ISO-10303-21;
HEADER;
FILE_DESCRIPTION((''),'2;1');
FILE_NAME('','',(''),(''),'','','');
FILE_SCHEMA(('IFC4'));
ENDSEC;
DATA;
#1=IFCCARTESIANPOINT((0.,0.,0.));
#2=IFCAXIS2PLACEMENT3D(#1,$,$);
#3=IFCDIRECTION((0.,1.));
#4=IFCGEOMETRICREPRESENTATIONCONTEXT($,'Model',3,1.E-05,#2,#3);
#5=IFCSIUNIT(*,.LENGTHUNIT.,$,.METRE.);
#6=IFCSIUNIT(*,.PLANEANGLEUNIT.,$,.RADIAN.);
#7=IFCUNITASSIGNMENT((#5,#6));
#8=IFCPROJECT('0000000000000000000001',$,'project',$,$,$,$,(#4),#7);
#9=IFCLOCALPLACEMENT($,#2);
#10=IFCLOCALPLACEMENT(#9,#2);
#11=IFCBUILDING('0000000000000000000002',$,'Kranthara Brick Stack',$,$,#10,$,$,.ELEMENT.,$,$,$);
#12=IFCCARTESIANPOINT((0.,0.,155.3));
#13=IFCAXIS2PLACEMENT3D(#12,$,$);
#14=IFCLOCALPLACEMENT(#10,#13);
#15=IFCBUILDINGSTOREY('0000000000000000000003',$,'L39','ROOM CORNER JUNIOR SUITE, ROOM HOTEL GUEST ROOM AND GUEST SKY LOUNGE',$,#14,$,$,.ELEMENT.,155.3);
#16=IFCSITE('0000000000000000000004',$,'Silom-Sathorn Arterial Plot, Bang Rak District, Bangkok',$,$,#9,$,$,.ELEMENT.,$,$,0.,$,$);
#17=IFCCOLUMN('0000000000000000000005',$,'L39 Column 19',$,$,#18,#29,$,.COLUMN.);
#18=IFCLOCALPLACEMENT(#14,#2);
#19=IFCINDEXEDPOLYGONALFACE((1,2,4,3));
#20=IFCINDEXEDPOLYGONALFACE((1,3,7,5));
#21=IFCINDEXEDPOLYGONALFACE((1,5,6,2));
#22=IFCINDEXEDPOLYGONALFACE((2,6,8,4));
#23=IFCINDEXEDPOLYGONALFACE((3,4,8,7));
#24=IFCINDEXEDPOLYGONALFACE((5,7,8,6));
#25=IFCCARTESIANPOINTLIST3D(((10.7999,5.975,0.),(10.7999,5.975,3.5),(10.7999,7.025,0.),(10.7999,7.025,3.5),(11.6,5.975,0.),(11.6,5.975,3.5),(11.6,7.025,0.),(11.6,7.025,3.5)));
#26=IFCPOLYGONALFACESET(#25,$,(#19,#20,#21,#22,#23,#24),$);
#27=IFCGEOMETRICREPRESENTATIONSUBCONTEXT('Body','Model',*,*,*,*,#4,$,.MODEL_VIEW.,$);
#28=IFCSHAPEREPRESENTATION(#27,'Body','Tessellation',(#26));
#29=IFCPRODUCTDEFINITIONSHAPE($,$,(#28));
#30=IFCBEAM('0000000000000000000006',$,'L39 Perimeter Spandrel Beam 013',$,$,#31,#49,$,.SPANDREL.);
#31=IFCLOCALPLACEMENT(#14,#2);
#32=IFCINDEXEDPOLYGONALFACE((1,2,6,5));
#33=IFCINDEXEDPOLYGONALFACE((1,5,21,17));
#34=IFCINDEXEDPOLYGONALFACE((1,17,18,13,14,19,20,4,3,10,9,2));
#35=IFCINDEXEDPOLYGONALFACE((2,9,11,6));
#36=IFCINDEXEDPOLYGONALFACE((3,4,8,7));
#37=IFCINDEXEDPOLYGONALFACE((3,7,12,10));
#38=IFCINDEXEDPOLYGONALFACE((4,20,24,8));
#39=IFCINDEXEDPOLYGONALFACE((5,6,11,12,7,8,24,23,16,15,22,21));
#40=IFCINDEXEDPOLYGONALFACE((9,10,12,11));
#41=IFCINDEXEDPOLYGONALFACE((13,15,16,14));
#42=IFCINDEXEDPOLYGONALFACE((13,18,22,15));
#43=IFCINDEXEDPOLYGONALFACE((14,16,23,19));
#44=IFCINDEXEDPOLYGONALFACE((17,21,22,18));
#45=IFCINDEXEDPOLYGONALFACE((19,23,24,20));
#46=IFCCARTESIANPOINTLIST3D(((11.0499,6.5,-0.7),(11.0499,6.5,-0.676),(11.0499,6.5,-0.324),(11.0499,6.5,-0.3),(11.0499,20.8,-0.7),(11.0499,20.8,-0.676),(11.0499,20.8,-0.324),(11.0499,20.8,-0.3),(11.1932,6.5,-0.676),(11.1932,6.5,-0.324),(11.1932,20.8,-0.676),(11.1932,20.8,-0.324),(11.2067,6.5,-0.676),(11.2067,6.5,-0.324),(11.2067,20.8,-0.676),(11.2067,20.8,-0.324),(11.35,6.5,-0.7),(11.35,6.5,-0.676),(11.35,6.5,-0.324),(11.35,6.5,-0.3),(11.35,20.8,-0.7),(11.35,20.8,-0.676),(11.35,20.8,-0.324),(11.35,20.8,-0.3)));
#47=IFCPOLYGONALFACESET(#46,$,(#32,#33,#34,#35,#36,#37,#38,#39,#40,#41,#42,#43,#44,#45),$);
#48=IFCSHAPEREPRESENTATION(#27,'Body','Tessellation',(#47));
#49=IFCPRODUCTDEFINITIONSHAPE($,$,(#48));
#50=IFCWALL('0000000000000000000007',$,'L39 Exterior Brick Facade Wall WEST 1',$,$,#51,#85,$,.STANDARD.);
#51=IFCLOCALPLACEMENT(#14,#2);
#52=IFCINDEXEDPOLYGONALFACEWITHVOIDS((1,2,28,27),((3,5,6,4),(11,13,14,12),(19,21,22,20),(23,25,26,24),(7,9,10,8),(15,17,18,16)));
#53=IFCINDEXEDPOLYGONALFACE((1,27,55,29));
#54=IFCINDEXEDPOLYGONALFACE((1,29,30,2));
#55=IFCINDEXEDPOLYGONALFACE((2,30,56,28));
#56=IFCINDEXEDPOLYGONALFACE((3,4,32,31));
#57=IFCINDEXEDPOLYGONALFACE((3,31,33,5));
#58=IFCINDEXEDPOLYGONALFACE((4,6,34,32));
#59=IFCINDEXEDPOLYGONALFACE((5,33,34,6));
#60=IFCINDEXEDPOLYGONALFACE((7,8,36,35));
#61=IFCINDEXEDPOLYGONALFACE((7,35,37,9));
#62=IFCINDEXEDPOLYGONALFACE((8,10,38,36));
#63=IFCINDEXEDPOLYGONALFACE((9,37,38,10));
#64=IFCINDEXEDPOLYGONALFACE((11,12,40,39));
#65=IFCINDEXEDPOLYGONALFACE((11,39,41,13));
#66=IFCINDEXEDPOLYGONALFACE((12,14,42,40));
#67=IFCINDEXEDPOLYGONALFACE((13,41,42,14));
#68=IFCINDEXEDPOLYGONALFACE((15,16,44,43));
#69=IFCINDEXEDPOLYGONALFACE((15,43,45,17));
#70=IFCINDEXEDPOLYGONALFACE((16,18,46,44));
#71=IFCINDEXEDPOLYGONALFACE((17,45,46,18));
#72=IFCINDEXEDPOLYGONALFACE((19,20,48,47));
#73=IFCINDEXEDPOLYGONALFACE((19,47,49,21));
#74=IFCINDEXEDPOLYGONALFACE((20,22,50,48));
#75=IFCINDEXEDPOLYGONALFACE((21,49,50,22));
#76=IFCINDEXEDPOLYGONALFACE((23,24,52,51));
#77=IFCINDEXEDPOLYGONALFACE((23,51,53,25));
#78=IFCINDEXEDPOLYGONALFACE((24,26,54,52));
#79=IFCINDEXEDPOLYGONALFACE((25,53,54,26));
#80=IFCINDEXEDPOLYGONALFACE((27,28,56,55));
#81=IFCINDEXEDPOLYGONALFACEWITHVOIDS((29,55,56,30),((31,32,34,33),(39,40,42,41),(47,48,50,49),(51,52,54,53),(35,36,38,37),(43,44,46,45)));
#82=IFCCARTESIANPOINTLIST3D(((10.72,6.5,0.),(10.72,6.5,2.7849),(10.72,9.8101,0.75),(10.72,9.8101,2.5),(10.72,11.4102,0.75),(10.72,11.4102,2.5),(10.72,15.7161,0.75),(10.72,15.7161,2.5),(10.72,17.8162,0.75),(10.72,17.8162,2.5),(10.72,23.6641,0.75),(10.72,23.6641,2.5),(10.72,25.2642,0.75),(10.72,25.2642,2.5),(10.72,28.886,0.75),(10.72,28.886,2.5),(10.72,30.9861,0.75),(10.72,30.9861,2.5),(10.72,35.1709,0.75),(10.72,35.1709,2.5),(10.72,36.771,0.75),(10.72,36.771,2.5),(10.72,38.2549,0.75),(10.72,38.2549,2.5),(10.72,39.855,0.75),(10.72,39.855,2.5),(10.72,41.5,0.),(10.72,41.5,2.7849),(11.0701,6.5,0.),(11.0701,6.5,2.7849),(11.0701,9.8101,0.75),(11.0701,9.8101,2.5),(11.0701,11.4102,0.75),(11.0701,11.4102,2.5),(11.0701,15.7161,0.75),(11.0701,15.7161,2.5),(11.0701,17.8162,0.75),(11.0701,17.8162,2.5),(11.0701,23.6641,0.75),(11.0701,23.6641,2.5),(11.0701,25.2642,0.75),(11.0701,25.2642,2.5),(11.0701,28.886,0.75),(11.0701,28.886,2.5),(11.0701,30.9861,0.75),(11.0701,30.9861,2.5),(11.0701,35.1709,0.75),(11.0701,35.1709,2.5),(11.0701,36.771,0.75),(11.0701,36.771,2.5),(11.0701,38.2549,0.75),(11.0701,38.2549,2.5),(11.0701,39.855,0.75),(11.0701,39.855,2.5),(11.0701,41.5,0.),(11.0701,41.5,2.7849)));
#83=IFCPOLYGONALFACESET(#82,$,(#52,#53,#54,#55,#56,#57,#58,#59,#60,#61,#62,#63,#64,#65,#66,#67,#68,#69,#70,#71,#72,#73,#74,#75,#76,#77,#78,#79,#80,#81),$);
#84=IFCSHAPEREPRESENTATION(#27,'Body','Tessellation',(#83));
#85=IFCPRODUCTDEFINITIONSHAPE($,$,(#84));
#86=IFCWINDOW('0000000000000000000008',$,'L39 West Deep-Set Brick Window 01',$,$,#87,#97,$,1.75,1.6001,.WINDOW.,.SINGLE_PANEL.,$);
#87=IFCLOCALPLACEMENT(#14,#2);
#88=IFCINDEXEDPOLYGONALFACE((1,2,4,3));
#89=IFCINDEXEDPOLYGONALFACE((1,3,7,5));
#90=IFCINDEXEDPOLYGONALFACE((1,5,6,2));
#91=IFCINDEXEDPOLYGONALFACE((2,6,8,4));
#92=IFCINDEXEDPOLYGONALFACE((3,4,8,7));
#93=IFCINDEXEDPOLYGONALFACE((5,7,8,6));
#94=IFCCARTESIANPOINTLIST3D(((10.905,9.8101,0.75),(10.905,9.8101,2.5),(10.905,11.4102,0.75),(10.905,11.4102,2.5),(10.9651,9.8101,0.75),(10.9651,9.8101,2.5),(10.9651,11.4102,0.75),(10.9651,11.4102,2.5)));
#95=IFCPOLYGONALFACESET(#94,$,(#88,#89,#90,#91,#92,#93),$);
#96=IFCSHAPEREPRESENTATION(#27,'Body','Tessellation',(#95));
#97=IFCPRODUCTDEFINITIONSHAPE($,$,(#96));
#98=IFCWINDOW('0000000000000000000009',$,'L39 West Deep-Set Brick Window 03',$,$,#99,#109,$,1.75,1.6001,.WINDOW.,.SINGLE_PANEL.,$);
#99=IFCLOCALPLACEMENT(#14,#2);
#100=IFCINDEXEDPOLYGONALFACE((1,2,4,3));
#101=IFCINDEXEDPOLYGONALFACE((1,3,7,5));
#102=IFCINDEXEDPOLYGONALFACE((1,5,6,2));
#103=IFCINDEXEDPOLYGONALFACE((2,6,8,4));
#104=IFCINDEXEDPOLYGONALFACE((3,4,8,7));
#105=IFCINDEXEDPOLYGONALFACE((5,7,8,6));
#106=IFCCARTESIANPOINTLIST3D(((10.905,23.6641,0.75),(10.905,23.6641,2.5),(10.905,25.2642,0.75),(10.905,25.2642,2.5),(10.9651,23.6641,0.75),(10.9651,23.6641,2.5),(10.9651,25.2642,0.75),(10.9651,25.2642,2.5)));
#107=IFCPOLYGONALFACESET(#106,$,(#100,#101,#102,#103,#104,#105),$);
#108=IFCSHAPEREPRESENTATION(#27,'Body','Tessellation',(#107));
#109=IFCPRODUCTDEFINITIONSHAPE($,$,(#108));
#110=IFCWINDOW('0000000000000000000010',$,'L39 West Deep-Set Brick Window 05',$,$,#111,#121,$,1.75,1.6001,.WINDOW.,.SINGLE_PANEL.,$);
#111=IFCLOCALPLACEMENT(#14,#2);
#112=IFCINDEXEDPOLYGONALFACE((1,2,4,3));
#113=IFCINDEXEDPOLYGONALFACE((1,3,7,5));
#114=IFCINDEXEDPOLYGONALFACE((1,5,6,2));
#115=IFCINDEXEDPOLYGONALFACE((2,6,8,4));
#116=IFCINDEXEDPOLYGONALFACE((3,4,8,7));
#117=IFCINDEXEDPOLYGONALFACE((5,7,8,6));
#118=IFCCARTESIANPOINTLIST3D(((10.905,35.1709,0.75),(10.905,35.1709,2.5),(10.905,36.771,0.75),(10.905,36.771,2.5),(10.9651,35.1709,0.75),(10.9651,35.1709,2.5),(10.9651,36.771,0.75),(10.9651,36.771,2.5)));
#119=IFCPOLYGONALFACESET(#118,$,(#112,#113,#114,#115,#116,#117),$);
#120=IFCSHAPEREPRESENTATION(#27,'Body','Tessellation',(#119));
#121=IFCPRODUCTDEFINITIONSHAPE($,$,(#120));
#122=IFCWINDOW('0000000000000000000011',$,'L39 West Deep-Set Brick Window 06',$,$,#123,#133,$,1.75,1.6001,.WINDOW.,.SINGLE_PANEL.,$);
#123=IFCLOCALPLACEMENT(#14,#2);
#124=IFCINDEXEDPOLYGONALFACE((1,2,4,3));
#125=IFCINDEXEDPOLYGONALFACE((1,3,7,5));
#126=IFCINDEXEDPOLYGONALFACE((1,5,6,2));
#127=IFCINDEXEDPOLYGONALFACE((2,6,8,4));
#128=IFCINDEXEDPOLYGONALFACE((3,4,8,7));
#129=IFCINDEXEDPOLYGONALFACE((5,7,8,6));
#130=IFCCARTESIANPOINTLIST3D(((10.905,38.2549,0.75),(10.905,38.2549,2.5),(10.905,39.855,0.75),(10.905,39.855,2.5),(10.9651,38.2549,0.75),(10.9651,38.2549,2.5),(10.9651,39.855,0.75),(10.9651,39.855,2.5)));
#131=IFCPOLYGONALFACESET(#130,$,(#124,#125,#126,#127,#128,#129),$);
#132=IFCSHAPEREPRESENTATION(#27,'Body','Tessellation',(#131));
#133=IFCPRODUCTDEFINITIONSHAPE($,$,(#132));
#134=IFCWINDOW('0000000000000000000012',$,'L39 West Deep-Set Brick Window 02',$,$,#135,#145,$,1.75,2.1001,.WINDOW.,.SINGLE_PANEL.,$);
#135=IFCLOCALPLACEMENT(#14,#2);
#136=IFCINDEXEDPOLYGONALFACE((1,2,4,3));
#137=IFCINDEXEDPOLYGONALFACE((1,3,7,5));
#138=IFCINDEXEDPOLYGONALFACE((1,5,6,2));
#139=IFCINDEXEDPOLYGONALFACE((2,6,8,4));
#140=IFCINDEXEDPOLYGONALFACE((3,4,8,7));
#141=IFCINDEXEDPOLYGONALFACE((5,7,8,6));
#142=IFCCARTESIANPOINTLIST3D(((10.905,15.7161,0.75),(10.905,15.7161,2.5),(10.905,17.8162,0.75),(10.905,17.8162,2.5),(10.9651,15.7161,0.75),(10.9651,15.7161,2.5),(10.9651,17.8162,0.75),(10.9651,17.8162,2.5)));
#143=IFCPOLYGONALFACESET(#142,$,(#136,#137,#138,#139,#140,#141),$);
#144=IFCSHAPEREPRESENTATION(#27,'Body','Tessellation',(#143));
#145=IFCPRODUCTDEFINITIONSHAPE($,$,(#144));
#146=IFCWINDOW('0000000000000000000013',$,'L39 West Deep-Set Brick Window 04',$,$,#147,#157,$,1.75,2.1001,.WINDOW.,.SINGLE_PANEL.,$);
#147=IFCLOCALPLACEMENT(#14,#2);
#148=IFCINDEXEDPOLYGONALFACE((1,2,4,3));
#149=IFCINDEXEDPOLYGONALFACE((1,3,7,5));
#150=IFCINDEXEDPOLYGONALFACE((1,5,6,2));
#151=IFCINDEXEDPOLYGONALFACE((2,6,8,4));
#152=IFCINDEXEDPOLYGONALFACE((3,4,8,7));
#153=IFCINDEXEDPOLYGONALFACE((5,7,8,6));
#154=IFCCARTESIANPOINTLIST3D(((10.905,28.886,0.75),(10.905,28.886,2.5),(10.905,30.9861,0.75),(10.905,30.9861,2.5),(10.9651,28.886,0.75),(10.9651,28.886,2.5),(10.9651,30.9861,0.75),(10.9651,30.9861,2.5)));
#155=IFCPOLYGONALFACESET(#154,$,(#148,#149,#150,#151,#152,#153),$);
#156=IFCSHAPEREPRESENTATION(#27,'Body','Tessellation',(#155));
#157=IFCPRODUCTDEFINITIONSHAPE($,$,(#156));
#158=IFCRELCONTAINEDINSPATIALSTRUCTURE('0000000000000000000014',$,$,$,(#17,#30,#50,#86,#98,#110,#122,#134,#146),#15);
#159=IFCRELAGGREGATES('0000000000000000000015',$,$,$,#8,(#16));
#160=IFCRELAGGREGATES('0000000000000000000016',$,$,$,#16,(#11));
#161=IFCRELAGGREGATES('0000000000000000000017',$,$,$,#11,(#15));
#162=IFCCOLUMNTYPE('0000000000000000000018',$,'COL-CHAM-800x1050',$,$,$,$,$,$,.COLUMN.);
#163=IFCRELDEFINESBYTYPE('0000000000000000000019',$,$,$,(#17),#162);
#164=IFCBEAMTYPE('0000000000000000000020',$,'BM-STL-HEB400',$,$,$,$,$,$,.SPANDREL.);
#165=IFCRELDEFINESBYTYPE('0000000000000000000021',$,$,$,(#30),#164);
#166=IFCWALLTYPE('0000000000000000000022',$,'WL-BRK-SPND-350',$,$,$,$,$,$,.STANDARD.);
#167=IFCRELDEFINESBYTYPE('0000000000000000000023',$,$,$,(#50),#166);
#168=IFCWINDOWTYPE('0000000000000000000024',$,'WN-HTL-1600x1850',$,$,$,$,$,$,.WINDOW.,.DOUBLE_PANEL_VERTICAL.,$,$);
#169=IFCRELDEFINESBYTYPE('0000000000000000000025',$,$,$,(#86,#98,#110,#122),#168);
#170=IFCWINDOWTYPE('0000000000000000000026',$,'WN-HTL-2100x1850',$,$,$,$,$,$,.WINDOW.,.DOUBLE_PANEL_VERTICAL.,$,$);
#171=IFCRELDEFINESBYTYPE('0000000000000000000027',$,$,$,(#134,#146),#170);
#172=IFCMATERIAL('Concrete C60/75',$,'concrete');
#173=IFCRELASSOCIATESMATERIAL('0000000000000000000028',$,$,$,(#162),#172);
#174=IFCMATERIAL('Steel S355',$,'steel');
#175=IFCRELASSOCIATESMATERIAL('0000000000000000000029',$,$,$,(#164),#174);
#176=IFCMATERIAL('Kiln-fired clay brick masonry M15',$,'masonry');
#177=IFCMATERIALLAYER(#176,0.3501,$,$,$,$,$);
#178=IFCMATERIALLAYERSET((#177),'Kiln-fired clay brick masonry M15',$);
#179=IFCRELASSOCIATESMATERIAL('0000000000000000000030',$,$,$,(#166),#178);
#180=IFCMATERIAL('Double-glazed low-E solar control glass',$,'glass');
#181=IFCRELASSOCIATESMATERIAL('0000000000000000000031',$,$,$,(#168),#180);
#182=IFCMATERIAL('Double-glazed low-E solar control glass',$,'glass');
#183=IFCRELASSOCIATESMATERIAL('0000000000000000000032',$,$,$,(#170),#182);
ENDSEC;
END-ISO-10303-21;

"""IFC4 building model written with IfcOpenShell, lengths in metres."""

from ifc_helpers import new_model, si_unit, direction, frame, frame_2d, origin, origin_2d, place, context, subcontext, project, spatial, rectangle, i_section, extrude, material, layer, layer_set, material_profile, profile_set, type_object, element, fill, save


model = new_model("IFC4")

# Units and contexts
model_context = context("Model", 3, precision=1e-05, world=origin(), true_north=direction((0.0, 1.0)))
body_context = subcontext(model_context, "Body", "Model", "MODEL_VIEW")
ifc_project = project(units=[si_unit("LENGTHUNIT", "METRE"), si_unit("PLANEANGLEUNIT", "RADIAN")], contexts=[model_context])

# Site, building, storey
site_placement = place(None, origin())
site = spatial("IfcSite", under=ifc_project, at=site_placement, Name="Silom-Sathorn Arterial Plot, Bang Rak District, Bangkok", CompositionType="ELEMENT", RefElevation=0.0)
building_placement = place(site_placement, origin())
building = spatial("IfcBuilding", under=site, at=building_placement, Name="Kranthara Brick Stack", CompositionType="ELEMENT")
storey_placement = place(building_placement, frame((0.0, 0.0, 155.3)))
storey = spatial("IfcBuildingStorey", under=building, at=storey_placement, Name="L39", Description="ROOM CORNER JUNIOR SUITE, ROOM HOTEL GUEST ROOM AND GUEST SKY LOUNGE", CompositionType="ELEMENT", Elevation=155.3)

# Column
ifc_material_1 = material(Name="Concrete C60/75", Category="concrete")
ifc_material_profile_1 = material_profile(ifc_material_1, rectangle(XDim=0.8, YDim=1.05, at=origin_2d()), Name="RC 800x1050")
ifc_profile_set_1 = profile_set([ifc_material_profile_1], Name="Concrete C60/75")
column_type = type_object("IfcColumnType", Name="COL-CHAM-800x1050", PredefinedType="COLUMN", material=ifc_profile_set_1)
column_placement = place(storey_placement, frame((11.2, 6.5, 0.0), z_axis=(0.0, 0.0, 1.0), x_axis=(1.0, 0.0, 0.0)))
element("IfcColumn", 1, at=column_placement, inside=storey, type_object=column_type, Name="L39 Column 19", PredefinedType="COLUMN", context=body_context, shape_type="SweptSolid", body=[
    extrude(rectangle(XDim=0.8, YDim=1.05, at=origin_2d()), origin(), (0.0, 0.0, 1.0), 3.5),
])

# Beam
ifc_material_2 = material(Name="Steel S355", Category="steel")
ifc_material_profile_2 = material_profile(ifc_material_2, i_section(OverallWidth=0.3, OverallDepth=0.3999, WebThickness=0.0134, FlangeThickness=0.0239, at=origin_2d()), Name="HEB 400")
ifc_profile_set_2 = profile_set([ifc_material_profile_2], Name="Steel S355")
beam_type = type_object("IfcBeamType", Name="BM-STL-HEB400", PredefinedType="SPANDREL", material=ifc_profile_set_2)
beam_placement = place(storey_placement, frame((11.2, 6.5, -0.5), z_axis=(0.0, 1.0, 0.0), x_axis=(-1.0, 0.0, 0.0)))
element("IfcBeam", 2, at=beam_placement, inside=storey, type_object=beam_type, Name="L39 Perimeter Spandrel Beam 013", PredefinedType="SPANDREL", context=body_context, shape_type="SweptSolid", body=[
    extrude(i_section(OverallWidth=0.3, OverallDepth=0.3999, WebThickness=0.0134, FlangeThickness=0.0239, at=origin_2d()), origin(), (0.0, 0.0, 1.0), 14.3),
])

# Wall, openings, windows
ifc_material_3 = material(Name="Kiln-fired clay brick masonry M15", Category="masonry")
ifc_layer_1 = layer(ifc_material_3, 0.3501)
ifc_layer_set_1 = layer_set([ifc_layer_1], Name="Kiln-fired clay brick masonry M15")
wall_type = type_object("IfcWallType", Name="WL-BRK-SPND-350", PredefinedType="STANDARD", material=ifc_layer_set_1)
wall_placement = place(storey_placement, frame((10.895, 6.5, 0.0), z_axis=(0.0, 0.0, 1.0), x_axis=(0.0, 1.0, 0.0)))
wall = element("IfcWall", 3, at=wall_placement, inside=storey, type_object=wall_type, Name="L39 Exterior Brick Facade Wall WEST 1", PredefinedType="STANDARD", context=body_context, shape_type="SweptSolid", body=[
    extrude(rectangle(XDim=35.0, YDim=0.3501, at=frame_2d((17.5, 0.0))), origin(), (0.0, 0.0, 1.0), 2.7849),
])
opening_1_placement = place(wall_placement, frame((3.3101, 0.0, 0.75)))
opening_1 = element("IfcOpeningElement", 4, at=opening_1_placement, cuts=wall, PredefinedType="OPENING", context=body_context, shape_type="SweptSolid", body=[
    extrude(rectangle(XDim=1.6001, YDim=1.75, at=frame_2d((0.8, 0.875))), frame((0.0, 0.1851, 0.0), z_axis=(0.0, -1.0, 0.0), x_axis=(1.0, 0.0, 0.0)), (0.0, 0.0, 1.0), 0.3701),
])
opening_2_placement = place(wall_placement, frame((9.2161, 0.0, 0.75)))
opening_2 = element("IfcOpeningElement", 5, at=opening_2_placement, cuts=wall, PredefinedType="OPENING", context=body_context, shape_type="SweptSolid", body=[
    extrude(rectangle(XDim=2.1001, YDim=1.75, at=frame_2d((1.05, 0.875))), frame((0.0, 0.1851, 0.0), z_axis=(0.0, -1.0, 0.0), x_axis=(1.0, 0.0, 0.0)), (0.0, 0.0, 1.0), 0.3701),
])
opening_3_placement = place(wall_placement, frame((17.1641, 0.0, 0.75)))
opening_3 = element("IfcOpeningElement", 6, at=opening_3_placement, cuts=wall, PredefinedType="OPENING", context=body_context, shape_type="SweptSolid", body=[
    extrude(rectangle(XDim=1.6001, YDim=1.75, at=frame_2d((0.8, 0.875))), frame((0.0, 0.1851, 0.0), z_axis=(0.0, -1.0, 0.0), x_axis=(1.0, 0.0, 0.0)), (0.0, 0.0, 1.0), 0.3701),
])
opening_4_placement = place(wall_placement, frame((22.386, 0.0, 0.75)))
opening_4 = element("IfcOpeningElement", 7, at=opening_4_placement, cuts=wall, PredefinedType="OPENING", context=body_context, shape_type="SweptSolid", body=[
    extrude(rectangle(XDim=2.1001, YDim=1.75, at=frame_2d((1.05, 0.875))), frame((0.0, 0.1851, 0.0), z_axis=(0.0, -1.0, 0.0), x_axis=(1.0, 0.0, 0.0)), (0.0, 0.0, 1.0), 0.3701),
])
opening_5_placement = place(wall_placement, frame((28.6709, 0.0, 0.75)))
opening_5 = element("IfcOpeningElement", 8, at=opening_5_placement, cuts=wall, PredefinedType="OPENING", context=body_context, shape_type="SweptSolid", body=[
    extrude(rectangle(XDim=1.6001, YDim=1.75, at=frame_2d((0.8, 0.875))), frame((0.0, 0.1851, 0.0), z_axis=(0.0, -1.0, 0.0), x_axis=(1.0, 0.0, 0.0)), (0.0, 0.0, 1.0), 0.3701),
])
opening_6_placement = place(wall_placement, frame((31.7549, 0.0, 0.75)))
opening_6 = element("IfcOpeningElement", 9, at=opening_6_placement, cuts=wall, PredefinedType="OPENING", context=body_context, shape_type="SweptSolid", body=[
    extrude(rectangle(XDim=1.6001, YDim=1.75, at=frame_2d((0.8, 0.875))), frame((0.0, 0.1851, 0.0), z_axis=(0.0, -1.0, 0.0), x_axis=(1.0, 0.0, 0.0)), (0.0, 0.0, 1.0), 0.3701),
])
ifc_material_4 = material(Name="Double-glazed low-E solar control glass", Category="glass")
window_type_1 = type_object("IfcWindowType", Name="WN-HTL-1600x1850", PartitioningType="DOUBLE_PANEL_VERTICAL", PredefinedType="WINDOW", material=ifc_material_4)
window_1_placement = place(opening_1_placement, origin())
window_1 = element("IfcWindow", 10, at=window_1_placement, inside=storey, type_object=window_type_1, Name="L39 West Deep-Set Brick Window 01", OverallHeight=1.75, OverallWidth=1.6001, PartitioningType="SINGLE_PANEL", PredefinedType="WINDOW", context=body_context, shape_type="SweptSolid", body=[
    extrude(rectangle(XDim=1.6001, YDim=1.75, at=frame_2d((0.8, 0.875))), frame((0.0, -0.01, 0.0), z_axis=(0.0, -1.0, 0.0), x_axis=(1.0, 0.0, 0.0)), (0.0, 0.0, 1.0), 0.0601),
])
fill(opening_1, window_1)
window_2_placement = place(opening_3_placement, origin())
window_2 = element("IfcWindow", 11, at=window_2_placement, inside=storey, type_object=window_type_1, Name="L39 West Deep-Set Brick Window 03", OverallHeight=1.75, OverallWidth=1.6001, PartitioningType="SINGLE_PANEL", PredefinedType="WINDOW", context=body_context, shape_type="SweptSolid", body=[
    extrude(rectangle(XDim=1.6001, YDim=1.75, at=frame_2d((0.8, 0.875))), frame((0.0, -0.01, 0.0), z_axis=(0.0, -1.0, 0.0), x_axis=(1.0, 0.0, 0.0)), (0.0, 0.0, 1.0), 0.0601),
])
fill(opening_3, window_2)
window_3_placement = place(opening_5_placement, origin())
window_3 = element("IfcWindow", 12, at=window_3_placement, inside=storey, type_object=window_type_1, Name="L39 West Deep-Set Brick Window 05", OverallHeight=1.75, OverallWidth=1.6001, PartitioningType="SINGLE_PANEL", PredefinedType="WINDOW", context=body_context, shape_type="SweptSolid", body=[
    extrude(rectangle(XDim=1.6001, YDim=1.75, at=frame_2d((0.8, 0.875))), frame((0.0, -0.01, 0.0), z_axis=(0.0, -1.0, 0.0), x_axis=(1.0, 0.0, 0.0)), (0.0, 0.0, 1.0), 0.0601),
])
fill(opening_5, window_3)
window_4_placement = place(opening_6_placement, origin())
window_4 = element("IfcWindow", 13, at=window_4_placement, inside=storey, type_object=window_type_1, Name="L39 West Deep-Set Brick Window 06", OverallHeight=1.75, OverallWidth=1.6001, PartitioningType="SINGLE_PANEL", PredefinedType="WINDOW", context=body_context, shape_type="SweptSolid", body=[
    extrude(rectangle(XDim=1.6001, YDim=1.75, at=frame_2d((0.8, 0.875))), frame((0.0, -0.01, 0.0), z_axis=(0.0, -1.0, 0.0), x_axis=(1.0, 0.0, 0.0)), (0.0, 0.0, 1.0), 0.0601),
])
fill(opening_6, window_4)
ifc_material_5 = material(Name="Double-glazed low-E solar control glass", Category="glass")
window_type_2 = type_object("IfcWindowType", Name="WN-HTL-2100x1850", PartitioningType="DOUBLE_PANEL_VERTICAL", PredefinedType="WINDOW", material=ifc_material_5)
window_5_placement = place(opening_2_placement, origin())
window_5 = element("IfcWindow", 14, at=window_5_placement, inside=storey, type_object=window_type_2, Name="L39 West Deep-Set Brick Window 02", OverallHeight=1.75, OverallWidth=2.1001, PartitioningType="SINGLE_PANEL", PredefinedType="WINDOW", context=body_context, shape_type="SweptSolid", body=[
    extrude(rectangle(XDim=2.1001, YDim=1.75, at=frame_2d((1.05, 0.875))), frame((0.0, -0.01, 0.0), z_axis=(0.0, -1.0, 0.0), x_axis=(1.0, 0.0, 0.0)), (0.0, 0.0, 1.0), 0.0601),
])
fill(opening_2, window_5)
window_6_placement = place(opening_4_placement, origin())
window_6 = element("IfcWindow", 15, at=window_6_placement, inside=storey, type_object=window_type_2, Name="L39 West Deep-Set Brick Window 04", OverallHeight=1.75, OverallWidth=2.1001, PartitioningType="SINGLE_PANEL", PredefinedType="WINDOW", context=body_context, shape_type="SweptSolid", body=[
    extrude(rectangle(XDim=2.1001, YDim=1.75, at=frame_2d((1.05, 0.875))), frame((0.0, -0.01, 0.0), z_axis=(0.0, -1.0, 0.0), x_axis=(1.0, 0.0, 0.0)), (0.0, 0.0, 1.0), 0.0601),
])
fill(opening_4, window_6)

save(model, "model.ifc")
